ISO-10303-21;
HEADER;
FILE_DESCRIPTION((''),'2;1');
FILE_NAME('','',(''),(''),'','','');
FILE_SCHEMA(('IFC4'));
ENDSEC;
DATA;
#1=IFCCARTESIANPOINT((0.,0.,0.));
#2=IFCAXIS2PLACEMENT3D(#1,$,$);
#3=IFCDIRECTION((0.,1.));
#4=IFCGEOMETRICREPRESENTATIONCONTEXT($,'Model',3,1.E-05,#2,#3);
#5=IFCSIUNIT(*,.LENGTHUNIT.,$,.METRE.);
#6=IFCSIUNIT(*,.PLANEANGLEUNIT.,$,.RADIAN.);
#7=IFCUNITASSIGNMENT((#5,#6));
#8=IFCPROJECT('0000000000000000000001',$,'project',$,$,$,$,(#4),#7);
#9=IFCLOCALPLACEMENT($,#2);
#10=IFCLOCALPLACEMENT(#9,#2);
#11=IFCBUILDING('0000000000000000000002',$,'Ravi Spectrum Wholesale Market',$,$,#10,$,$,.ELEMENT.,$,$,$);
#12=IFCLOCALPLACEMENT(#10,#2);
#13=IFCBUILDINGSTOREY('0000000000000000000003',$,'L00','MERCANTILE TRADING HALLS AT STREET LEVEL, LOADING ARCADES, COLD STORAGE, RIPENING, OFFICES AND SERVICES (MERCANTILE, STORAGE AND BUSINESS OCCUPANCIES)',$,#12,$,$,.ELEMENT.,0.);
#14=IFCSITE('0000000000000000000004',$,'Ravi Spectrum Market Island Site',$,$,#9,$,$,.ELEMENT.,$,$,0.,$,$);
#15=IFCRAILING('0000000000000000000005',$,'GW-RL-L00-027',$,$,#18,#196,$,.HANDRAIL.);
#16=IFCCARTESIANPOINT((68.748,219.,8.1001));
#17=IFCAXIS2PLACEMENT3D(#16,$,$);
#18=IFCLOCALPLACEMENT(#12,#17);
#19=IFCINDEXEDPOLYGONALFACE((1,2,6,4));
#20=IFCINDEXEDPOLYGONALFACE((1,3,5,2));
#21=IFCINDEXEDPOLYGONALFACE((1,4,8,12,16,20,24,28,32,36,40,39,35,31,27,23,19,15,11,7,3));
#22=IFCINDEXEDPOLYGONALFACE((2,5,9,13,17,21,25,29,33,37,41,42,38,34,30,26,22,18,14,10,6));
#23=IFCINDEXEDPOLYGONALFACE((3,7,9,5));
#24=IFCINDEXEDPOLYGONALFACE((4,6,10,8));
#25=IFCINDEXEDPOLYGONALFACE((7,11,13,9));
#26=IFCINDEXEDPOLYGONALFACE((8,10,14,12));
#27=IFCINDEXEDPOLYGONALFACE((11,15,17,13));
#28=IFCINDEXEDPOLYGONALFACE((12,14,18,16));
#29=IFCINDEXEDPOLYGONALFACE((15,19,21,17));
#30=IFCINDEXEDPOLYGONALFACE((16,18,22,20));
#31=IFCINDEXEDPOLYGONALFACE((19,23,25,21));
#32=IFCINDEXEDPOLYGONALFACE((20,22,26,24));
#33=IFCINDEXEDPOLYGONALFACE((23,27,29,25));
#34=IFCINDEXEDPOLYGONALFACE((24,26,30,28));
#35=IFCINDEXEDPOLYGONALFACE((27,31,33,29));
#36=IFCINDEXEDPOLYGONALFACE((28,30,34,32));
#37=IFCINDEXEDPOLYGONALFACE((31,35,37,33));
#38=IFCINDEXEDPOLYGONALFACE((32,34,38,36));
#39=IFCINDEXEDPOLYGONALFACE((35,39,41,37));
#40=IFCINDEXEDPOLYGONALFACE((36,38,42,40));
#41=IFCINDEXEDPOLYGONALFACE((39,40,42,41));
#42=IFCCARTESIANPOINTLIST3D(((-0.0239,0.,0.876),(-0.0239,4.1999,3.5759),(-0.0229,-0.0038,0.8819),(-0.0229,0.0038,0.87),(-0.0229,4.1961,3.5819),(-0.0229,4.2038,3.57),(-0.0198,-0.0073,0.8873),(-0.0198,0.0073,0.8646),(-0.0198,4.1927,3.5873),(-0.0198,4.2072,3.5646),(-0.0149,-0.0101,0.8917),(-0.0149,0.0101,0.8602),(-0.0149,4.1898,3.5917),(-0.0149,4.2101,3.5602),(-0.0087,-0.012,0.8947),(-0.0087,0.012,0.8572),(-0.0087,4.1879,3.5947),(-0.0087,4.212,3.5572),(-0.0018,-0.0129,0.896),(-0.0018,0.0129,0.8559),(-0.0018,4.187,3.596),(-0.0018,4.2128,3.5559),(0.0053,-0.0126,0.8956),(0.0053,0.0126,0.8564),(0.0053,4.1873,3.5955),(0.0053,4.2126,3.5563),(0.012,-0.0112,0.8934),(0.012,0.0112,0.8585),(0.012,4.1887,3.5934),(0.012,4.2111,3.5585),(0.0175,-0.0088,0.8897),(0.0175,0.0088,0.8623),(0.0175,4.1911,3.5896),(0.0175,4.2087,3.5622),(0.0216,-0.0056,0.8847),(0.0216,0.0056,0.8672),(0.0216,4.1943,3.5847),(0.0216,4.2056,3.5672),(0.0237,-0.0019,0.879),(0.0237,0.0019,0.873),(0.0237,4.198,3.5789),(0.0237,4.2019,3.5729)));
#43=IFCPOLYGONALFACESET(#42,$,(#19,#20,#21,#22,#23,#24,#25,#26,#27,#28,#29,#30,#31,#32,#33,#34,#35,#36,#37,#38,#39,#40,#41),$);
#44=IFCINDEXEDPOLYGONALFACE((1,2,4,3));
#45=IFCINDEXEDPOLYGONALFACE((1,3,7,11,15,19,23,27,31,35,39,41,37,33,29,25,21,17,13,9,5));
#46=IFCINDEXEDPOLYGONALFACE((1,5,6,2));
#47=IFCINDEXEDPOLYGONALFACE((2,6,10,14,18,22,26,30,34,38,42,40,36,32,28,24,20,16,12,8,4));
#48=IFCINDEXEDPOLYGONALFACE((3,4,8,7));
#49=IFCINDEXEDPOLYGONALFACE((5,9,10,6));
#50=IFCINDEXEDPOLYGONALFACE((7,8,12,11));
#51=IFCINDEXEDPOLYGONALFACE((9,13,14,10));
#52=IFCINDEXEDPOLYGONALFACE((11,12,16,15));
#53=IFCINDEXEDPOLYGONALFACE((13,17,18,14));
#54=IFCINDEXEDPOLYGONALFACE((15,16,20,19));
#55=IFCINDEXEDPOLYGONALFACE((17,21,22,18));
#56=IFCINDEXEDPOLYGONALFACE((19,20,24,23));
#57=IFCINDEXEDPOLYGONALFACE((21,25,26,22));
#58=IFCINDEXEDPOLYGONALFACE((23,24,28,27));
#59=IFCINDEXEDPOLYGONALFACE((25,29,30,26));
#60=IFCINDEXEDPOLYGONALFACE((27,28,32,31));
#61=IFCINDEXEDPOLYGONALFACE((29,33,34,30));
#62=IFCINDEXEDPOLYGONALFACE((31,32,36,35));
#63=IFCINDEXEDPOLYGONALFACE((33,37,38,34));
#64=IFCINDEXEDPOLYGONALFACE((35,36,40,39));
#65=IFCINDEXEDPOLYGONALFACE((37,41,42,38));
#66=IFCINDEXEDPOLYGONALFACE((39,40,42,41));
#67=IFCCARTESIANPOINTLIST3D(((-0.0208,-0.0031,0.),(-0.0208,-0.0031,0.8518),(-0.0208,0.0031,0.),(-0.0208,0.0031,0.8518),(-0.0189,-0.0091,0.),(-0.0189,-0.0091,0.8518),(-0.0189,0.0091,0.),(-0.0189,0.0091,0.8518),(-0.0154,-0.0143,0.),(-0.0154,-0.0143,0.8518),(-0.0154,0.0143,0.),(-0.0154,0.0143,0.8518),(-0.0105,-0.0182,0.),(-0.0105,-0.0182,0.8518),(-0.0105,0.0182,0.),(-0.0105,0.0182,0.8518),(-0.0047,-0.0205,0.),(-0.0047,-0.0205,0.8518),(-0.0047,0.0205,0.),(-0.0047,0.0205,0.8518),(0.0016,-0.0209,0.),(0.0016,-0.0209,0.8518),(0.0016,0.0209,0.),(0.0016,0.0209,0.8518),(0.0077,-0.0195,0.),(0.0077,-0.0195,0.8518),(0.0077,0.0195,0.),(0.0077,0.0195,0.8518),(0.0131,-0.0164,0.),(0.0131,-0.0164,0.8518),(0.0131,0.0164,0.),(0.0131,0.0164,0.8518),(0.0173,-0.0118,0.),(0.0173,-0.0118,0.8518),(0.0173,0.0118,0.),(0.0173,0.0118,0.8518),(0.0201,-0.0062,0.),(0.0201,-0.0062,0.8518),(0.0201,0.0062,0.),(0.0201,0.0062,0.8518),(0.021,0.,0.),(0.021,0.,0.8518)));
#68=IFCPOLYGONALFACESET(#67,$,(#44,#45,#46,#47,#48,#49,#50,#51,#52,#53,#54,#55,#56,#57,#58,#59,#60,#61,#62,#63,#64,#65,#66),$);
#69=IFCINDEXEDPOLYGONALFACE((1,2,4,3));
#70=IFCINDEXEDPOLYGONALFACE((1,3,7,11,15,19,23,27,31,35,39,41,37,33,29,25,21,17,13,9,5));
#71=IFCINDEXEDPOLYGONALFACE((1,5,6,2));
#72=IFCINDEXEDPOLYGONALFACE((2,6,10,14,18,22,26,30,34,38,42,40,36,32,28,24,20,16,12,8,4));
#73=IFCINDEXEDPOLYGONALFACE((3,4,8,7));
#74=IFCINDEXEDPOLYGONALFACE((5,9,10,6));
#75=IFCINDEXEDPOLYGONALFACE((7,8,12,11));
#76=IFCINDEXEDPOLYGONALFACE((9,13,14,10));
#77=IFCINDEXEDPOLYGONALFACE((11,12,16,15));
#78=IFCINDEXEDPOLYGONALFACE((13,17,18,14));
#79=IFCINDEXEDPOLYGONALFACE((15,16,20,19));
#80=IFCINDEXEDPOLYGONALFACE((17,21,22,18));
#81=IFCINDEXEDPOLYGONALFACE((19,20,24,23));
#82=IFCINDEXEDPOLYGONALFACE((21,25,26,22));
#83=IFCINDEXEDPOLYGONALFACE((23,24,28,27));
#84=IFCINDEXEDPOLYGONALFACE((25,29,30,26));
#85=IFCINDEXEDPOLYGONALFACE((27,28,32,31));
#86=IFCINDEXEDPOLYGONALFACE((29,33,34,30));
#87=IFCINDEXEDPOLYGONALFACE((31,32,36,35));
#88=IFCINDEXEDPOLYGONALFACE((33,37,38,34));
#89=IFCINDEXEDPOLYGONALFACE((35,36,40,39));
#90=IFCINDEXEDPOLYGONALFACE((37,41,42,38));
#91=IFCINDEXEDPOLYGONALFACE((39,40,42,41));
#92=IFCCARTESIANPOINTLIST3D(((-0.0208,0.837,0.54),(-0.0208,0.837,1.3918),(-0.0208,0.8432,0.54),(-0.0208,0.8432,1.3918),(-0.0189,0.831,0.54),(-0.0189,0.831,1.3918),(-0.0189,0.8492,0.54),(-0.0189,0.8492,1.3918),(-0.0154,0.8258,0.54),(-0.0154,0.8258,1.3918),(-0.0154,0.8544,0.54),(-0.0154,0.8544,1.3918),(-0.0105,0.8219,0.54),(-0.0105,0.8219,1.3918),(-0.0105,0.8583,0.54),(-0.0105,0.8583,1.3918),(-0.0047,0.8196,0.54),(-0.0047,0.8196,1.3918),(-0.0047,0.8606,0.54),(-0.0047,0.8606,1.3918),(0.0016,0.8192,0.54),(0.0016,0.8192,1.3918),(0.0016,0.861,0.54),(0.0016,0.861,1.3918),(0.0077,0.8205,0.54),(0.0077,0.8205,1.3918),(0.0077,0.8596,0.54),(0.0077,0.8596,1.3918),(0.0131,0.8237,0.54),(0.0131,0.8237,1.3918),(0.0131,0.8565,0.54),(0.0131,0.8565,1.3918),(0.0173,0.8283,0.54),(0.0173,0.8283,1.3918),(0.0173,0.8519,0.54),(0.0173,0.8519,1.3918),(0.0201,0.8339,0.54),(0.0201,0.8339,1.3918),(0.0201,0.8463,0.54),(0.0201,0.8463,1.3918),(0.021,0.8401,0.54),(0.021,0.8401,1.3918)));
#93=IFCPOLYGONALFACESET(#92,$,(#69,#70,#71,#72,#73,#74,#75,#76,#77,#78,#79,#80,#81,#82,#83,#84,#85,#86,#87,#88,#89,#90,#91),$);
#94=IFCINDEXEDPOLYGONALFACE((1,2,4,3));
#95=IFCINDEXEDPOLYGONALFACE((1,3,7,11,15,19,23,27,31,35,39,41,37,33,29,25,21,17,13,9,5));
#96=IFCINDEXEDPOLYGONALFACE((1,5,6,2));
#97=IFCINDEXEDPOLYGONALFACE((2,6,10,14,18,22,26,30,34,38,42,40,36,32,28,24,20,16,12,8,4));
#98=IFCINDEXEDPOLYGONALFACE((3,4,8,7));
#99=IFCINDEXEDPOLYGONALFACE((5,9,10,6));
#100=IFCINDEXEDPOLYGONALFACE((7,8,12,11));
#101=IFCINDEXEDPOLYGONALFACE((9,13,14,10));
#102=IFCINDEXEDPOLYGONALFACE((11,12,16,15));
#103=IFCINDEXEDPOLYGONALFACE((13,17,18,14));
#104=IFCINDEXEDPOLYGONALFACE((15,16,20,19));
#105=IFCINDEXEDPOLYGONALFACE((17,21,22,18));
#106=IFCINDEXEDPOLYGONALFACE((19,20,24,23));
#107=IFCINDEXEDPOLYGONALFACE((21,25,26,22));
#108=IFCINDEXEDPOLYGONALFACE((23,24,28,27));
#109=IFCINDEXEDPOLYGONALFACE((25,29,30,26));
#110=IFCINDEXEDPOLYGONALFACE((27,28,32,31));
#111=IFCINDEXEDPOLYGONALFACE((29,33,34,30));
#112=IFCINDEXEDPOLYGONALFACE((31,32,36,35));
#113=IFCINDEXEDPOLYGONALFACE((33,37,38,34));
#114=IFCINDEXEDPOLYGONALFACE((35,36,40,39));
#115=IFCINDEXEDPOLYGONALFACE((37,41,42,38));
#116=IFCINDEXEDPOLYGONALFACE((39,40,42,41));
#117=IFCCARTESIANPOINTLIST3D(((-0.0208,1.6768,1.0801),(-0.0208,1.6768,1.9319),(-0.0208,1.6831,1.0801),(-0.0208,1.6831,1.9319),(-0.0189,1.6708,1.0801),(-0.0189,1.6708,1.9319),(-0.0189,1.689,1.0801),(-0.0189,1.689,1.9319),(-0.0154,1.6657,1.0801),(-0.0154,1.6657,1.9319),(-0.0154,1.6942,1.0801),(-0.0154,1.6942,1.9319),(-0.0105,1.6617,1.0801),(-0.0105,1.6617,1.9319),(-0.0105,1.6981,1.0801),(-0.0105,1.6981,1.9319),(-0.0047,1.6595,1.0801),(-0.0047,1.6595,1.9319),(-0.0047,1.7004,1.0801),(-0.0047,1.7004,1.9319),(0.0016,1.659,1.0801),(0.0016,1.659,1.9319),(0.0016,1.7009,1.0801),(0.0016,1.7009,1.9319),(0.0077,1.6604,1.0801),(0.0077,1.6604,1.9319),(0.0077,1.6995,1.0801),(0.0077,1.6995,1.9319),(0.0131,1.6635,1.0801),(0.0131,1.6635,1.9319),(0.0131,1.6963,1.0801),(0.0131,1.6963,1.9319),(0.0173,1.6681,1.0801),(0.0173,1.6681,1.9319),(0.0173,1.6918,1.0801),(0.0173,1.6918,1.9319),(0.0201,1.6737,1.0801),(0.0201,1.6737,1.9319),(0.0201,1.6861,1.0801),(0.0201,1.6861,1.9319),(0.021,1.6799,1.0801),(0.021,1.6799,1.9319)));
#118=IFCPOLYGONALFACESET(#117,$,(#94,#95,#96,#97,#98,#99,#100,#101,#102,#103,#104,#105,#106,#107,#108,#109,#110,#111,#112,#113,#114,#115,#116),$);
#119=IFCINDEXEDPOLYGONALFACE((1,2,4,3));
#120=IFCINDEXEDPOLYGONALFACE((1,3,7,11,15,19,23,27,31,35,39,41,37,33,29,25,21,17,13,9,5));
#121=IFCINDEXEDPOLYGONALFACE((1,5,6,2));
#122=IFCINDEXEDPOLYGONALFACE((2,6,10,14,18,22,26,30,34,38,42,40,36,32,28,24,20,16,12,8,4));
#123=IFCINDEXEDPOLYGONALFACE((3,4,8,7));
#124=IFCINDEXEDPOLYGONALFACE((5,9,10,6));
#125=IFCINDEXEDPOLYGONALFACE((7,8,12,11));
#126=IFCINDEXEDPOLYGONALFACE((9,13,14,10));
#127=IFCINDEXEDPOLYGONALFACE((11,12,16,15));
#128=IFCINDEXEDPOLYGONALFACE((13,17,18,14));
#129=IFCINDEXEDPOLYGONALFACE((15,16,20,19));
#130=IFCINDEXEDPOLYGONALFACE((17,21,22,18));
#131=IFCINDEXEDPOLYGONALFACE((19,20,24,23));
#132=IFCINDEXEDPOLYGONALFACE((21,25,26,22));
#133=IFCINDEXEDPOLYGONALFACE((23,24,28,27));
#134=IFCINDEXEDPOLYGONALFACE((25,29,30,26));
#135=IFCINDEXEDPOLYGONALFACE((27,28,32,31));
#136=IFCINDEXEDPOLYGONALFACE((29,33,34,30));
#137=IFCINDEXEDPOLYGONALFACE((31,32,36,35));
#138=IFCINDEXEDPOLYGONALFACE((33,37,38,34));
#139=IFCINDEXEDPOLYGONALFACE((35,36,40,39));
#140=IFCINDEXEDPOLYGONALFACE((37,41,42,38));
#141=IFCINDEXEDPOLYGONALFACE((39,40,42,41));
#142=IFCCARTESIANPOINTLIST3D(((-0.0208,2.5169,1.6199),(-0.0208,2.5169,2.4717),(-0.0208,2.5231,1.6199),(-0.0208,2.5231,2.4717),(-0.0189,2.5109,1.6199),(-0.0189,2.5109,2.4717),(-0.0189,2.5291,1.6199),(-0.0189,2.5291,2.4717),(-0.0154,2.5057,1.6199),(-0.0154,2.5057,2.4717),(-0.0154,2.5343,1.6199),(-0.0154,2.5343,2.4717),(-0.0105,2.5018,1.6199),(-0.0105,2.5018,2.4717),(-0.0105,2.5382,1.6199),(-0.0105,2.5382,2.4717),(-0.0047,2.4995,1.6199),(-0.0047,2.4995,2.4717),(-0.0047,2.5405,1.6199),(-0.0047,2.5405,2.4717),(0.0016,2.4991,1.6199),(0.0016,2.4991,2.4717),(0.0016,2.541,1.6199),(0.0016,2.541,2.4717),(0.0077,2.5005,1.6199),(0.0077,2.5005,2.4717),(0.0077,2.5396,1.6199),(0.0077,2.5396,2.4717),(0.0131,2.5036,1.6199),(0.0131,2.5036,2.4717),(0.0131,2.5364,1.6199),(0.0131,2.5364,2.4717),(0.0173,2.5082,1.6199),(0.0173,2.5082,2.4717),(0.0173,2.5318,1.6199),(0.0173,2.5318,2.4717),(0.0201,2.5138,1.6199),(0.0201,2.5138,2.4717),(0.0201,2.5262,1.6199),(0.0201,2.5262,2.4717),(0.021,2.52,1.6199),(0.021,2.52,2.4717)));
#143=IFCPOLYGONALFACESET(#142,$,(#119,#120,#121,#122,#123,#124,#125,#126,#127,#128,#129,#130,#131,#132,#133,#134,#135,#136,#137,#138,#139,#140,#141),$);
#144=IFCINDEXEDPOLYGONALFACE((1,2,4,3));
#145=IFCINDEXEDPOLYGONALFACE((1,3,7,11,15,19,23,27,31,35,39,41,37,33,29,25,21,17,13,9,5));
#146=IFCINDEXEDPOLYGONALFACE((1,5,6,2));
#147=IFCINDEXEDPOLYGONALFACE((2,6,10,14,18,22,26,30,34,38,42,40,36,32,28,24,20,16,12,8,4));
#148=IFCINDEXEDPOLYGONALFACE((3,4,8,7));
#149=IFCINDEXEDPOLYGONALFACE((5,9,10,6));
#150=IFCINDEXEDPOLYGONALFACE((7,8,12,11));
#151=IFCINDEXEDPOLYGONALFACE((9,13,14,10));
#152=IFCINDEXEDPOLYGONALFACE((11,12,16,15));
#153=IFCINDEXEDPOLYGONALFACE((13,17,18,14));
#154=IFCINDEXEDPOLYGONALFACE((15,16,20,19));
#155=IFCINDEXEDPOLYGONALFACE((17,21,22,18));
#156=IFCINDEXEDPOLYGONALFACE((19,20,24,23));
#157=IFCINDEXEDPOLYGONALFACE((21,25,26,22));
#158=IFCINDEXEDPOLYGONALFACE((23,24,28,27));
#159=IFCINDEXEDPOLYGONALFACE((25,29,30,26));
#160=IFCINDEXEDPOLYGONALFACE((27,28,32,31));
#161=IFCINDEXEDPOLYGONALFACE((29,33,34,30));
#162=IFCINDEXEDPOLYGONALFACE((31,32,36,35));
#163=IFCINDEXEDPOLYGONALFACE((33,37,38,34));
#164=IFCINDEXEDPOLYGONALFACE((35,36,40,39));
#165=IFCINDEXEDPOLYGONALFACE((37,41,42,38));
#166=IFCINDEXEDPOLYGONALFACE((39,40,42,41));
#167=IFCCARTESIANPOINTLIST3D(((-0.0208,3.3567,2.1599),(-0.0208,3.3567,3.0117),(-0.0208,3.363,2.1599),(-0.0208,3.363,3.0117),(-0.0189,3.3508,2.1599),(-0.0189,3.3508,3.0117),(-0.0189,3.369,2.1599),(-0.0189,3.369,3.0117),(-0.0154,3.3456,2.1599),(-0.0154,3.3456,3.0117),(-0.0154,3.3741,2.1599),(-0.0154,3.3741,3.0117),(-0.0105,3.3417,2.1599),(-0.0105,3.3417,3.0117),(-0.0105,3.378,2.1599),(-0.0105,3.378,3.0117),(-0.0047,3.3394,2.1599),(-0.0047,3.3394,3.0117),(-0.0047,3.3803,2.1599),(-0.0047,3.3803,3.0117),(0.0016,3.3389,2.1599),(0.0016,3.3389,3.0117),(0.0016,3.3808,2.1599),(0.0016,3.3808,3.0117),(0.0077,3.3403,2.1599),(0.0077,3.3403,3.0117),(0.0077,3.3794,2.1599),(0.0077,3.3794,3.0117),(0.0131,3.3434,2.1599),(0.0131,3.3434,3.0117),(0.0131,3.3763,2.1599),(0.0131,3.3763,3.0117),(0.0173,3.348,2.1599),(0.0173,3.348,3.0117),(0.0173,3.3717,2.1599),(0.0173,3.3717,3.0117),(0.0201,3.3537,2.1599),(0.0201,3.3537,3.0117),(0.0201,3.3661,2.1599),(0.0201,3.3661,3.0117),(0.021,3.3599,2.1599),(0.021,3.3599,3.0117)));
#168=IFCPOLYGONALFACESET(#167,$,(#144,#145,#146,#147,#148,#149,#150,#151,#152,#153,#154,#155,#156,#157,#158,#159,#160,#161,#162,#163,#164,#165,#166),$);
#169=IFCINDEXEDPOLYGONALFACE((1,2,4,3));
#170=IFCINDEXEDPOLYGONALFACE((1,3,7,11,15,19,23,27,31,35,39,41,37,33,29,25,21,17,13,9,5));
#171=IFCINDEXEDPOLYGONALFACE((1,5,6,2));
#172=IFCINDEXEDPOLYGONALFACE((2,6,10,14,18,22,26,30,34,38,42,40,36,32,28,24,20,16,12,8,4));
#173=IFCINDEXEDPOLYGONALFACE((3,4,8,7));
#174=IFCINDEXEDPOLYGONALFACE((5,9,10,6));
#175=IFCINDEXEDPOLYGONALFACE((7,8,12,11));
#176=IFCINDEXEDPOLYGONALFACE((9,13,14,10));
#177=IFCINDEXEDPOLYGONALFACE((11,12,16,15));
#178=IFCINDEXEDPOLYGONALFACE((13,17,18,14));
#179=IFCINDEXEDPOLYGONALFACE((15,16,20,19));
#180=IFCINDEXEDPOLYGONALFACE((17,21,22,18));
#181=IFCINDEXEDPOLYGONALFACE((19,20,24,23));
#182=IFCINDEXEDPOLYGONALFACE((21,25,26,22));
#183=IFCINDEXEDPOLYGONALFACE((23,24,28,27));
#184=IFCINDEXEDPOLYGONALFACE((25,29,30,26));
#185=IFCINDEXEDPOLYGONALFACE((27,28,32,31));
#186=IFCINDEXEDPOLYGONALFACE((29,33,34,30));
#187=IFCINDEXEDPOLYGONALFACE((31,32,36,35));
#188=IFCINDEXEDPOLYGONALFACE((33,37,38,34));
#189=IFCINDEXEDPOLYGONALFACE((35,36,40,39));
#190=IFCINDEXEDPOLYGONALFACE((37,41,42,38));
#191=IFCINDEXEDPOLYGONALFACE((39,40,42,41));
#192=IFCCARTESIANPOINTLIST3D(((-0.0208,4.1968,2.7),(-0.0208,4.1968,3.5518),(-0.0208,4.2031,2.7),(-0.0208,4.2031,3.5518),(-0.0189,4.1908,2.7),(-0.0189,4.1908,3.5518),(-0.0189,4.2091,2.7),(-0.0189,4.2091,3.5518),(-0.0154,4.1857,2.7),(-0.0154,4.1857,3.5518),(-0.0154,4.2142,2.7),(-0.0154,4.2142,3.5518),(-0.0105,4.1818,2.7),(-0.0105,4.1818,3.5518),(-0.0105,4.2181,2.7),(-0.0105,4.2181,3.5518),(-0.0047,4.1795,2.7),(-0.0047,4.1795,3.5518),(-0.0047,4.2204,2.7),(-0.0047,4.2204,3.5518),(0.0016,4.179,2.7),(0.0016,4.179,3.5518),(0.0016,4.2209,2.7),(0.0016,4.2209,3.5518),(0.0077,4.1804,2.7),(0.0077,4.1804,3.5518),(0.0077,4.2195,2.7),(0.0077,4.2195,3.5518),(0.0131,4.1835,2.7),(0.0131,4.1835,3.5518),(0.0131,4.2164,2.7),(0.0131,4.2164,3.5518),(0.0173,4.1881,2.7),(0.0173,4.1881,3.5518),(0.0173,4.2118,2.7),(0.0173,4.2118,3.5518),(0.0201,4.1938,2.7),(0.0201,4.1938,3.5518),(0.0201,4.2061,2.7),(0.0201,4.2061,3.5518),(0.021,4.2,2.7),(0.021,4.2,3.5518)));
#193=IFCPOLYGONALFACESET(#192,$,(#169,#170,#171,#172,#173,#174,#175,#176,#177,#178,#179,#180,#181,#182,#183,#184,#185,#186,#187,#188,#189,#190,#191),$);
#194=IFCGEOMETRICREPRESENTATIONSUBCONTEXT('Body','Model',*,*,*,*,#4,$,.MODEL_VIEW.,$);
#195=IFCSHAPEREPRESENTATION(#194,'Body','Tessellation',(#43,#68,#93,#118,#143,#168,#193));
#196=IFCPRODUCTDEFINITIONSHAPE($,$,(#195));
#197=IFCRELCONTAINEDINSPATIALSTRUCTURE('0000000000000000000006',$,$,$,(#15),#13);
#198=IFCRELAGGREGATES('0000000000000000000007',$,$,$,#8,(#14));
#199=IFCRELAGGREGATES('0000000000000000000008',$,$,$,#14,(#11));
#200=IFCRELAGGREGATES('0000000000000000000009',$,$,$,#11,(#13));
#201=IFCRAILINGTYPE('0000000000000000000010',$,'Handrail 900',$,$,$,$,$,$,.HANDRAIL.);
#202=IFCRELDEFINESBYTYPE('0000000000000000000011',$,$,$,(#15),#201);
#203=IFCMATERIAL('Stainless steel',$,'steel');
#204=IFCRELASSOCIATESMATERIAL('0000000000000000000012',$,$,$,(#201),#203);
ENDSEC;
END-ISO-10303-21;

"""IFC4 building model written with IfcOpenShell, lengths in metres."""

from ifc_helpers import new_model, si_unit, direction, frame, origin, origin_2d, place, context, subcontext, project, spatial, circle, extrude, material, type_object, element, save


model = new_model("IFC4")

# Units and contexts
model_context = context("Model", 3, precision=1e-05, world=origin(), true_north=direction((0.0, 1.0)))
body_context = subcontext(model_context, "Body", "Model", "MODEL_VIEW")
ifc_project = project(units=[si_unit("LENGTHUNIT", "METRE"), si_unit("PLANEANGLEUNIT", "RADIAN")], contexts=[model_context])

# Site, building, storey
site_placement = place(None, origin())
site = spatial("IfcSite", under=ifc_project, at=site_placement, Name="Ravi Spectrum Market Island Site", CompositionType="ELEMENT", RefElevation=0.0)
building_placement = place(site_placement, origin())
building = spatial("IfcBuilding", under=site, at=building_placement, Name="Ravi Spectrum Wholesale Market", CompositionType="ELEMENT")
storey_placement = place(building_placement, origin())
storey = spatial("IfcBuildingStorey", under=building, at=storey_placement, Name="L00", Description="MERCANTILE TRADING HALLS AT STREET LEVEL, LOADING ARCADES, COLD STORAGE, RIPENING, OFFICES AND SERVICES (MERCANTILE, STORAGE AND BUSINESS OCCUPANCIES)", CompositionType="ELEMENT", Elevation=0.0)

# Railing
ifc_material_1 = material(Name="Stainless steel", Category="steel")
railing_type = type_object("IfcRailingType", Name="Handrail 900", PredefinedType="HANDRAIL", material=ifc_material_1)
for number, where, name in (
    (1, (68.748, 219.0, 8.1001), "GW-RL-L00-027"),
):
    element("IfcRailing", number, at=place(storey_placement, frame(where)), inside=storey, type_object=railing_type, Name=name, PredefinedType="HANDRAIL", context=body_context, shape_type="SweptSolid", body=[
        extrude(circle(Radius=0.0239, at=origin_2d()), frame((0.0, 0.0, 0.876), z_axis=(0.0, 0.84118, 0.540755), x_axis=(-1.0, 0.0, 0.0)), (0.0, 0.0, 1.0), 4.9929),
        extrude(circle(Radius=0.021, at=origin_2d()), origin(), (0.0, 0.0, 1.0), 0.8518),
        extrude(circle(Radius=0.021, at=origin_2d()), frame((0.0, 0.8401, 0.54)), (0.0, 0.0, 1.0), 0.8518),
        extrude(circle(Radius=0.021, at=origin_2d()), frame((0.0, 1.6799, 1.0801)), (0.0, 0.0, 1.0), 0.8518),
        extrude(circle(Radius=0.021, at=origin_2d()), frame((0.0, 2.52, 1.6199)), (0.0, 0.0, 1.0), 0.8518),
        extrude(circle(Radius=0.021, at=origin_2d()), frame((0.0, 3.3599, 2.1599)), (0.0, 0.0, 1.0), 0.8518),
        extrude(circle(Radius=0.021, at=origin_2d()), frame((0.0, 4.2, 2.7)), (0.0, 0.0, 1.0), 0.8518),
    ])

save(model, "model.ifc")
